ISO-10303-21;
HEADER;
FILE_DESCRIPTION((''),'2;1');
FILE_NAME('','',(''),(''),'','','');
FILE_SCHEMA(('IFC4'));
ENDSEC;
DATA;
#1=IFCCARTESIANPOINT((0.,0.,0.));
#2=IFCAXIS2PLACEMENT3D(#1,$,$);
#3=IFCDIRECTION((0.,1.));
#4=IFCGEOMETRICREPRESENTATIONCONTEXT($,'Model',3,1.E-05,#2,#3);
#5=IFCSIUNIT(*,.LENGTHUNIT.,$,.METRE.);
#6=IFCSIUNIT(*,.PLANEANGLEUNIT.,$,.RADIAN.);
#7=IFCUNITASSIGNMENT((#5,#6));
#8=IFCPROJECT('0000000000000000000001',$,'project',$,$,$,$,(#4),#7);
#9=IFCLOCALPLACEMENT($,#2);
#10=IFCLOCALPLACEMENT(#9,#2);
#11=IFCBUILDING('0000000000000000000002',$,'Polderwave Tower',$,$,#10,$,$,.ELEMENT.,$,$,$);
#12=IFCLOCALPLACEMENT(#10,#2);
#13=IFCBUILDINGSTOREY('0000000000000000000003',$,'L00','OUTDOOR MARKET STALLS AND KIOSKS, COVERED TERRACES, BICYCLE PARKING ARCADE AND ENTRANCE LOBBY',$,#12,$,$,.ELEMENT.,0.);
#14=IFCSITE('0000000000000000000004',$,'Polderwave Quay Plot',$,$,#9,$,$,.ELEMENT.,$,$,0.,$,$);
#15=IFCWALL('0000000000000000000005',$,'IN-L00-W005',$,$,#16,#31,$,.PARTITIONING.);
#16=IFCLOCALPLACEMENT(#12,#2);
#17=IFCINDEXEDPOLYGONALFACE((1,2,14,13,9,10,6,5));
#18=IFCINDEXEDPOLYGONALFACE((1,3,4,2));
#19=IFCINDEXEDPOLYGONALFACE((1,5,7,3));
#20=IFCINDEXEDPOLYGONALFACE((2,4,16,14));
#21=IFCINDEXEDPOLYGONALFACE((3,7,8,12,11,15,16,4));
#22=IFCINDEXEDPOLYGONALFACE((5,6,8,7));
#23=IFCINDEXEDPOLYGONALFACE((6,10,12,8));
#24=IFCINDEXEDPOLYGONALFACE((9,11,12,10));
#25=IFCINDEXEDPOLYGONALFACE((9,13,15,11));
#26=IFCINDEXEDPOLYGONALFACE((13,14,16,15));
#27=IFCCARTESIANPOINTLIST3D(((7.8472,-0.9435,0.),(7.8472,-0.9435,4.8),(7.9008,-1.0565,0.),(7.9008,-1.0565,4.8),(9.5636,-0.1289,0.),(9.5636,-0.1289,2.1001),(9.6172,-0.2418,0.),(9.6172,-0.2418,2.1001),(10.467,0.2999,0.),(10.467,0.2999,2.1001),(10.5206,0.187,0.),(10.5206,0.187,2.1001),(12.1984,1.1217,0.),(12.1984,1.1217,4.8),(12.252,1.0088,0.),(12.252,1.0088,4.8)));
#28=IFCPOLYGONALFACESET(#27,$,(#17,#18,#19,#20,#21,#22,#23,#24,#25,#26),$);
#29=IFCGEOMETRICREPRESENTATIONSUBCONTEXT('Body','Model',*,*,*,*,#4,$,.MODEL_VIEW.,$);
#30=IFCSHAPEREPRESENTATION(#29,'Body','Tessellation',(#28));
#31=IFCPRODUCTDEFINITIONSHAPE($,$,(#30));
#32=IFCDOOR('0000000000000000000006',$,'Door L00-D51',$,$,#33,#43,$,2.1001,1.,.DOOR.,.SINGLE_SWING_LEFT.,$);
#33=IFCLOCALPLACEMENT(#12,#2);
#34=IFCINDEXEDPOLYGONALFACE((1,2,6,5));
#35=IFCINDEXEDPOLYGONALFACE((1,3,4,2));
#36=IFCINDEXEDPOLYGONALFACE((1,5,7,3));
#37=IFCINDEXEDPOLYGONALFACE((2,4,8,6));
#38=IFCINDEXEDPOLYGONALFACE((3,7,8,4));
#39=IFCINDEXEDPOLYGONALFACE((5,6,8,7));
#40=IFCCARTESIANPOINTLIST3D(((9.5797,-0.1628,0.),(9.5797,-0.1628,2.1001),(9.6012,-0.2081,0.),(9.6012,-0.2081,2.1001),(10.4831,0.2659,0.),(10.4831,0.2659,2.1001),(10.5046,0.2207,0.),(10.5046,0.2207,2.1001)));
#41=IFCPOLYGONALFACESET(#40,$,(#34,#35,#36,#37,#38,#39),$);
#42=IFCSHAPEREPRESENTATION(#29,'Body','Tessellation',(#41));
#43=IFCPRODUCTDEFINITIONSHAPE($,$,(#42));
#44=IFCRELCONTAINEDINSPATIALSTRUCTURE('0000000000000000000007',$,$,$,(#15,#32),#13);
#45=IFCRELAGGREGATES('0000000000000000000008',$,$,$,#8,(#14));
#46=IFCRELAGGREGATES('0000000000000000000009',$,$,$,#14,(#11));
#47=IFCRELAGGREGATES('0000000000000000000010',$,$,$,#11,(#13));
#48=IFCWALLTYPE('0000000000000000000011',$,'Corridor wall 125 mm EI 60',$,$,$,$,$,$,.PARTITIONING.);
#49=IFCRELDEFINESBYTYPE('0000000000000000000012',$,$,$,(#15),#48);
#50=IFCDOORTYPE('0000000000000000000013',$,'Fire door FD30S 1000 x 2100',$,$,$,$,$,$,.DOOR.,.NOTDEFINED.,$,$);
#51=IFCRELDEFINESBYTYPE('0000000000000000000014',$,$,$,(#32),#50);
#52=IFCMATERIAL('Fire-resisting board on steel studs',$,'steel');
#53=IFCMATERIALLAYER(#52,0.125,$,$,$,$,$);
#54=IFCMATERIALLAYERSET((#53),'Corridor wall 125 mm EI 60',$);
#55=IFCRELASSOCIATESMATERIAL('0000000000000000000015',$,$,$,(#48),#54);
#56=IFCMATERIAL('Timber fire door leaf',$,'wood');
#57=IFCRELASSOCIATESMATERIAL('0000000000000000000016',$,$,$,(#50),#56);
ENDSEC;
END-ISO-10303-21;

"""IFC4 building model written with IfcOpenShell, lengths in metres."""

from ifc_helpers import new_model, si_unit, direction, frame, frame_2d, origin, place, context, subcontext, project, spatial, rectangle, extrude, material, layer, layer_set, type_object, element, fill, save


model = new_model("IFC4")

# Units and contexts
model_context = context("Model", 3, precision=1e-05, world=origin(), true_north=direction((0.0, 1.0)))
body_context = subcontext(model_context, "Body", "Model", "MODEL_VIEW")
ifc_project = project(units=[si_unit("LENGTHUNIT", "METRE"), si_unit("PLANEANGLEUNIT", "RADIAN")], contexts=[model_context])

# Site, building, storey
site_placement = place(None, origin())
site = spatial("IfcSite", under=ifc_project, at=site_placement, Name="Polderwave Quay Plot", CompositionType="ELEMENT", RefElevation=0.0)
building_placement = place(site_placement, origin())
building = spatial("IfcBuilding", under=site, at=building_placement, Name="Polderwave Tower", CompositionType="ELEMENT")
storey_placement = place(building_placement, origin())
storey = spatial("IfcBuildingStorey", under=building, at=storey_placement, Name="L00", Description="OUTDOOR MARKET STALLS AND KIOSKS, COVERED TERRACES, BICYCLE PARKING ARCADE AND ENTRANCE LOBBY", CompositionType="ELEMENT", Elevation=0.0)

# Wall, opening, door
ifc_material_1 = material(Name="Fire-resisting board on steel studs", Category="steel")
ifc_layer_1 = layer(ifc_material_1, 0.125)
ifc_layer_set_1 = layer_set([ifc_layer_1], Name="Corridor wall 125 mm EI 60")
wall_type_1 = type_object("IfcWallType", Name="Corridor wall 125 mm EI 60", PredefinedType="PARTITIONING", material=ifc_layer_set_1)
wall_1_placement = place(storey_placement, frame((7.874, -1.0, 0.0), z_axis=(0.0, 0.0, 1.0), x_axis=(0.903404, 0.42879, 0.0)))
wall_1 = element("IfcWall", 1, at=wall_1_placement, inside=storey, type_object=wall_type_1, Name="IN-L00-W005", PredefinedType="PARTITIONING", context=body_context, shape_type="SweptSolid", body=[
    extrude(rectangle(XDim=4.8164, YDim=0.125, at=frame_2d((2.4082, 0.0))), origin(), (0.0, 0.0, 1.0), 4.8),
])
opening_1_placement = place(wall_1_placement, frame((1.8999, 0.0, 0.0)))
opening_1 = element("IfcOpeningElement", 2, at=opening_1_placement, cuts=wall_1, PredefinedType="OPENING", context=body_context, shape_type="SweptSolid", body=[
    extrude(rectangle(XDim=1.0, YDim=2.1001, at=frame_2d((0.5, 1.05))), frame((0.0, 0.0725, 0.0), z_axis=(0.0, -1.0, 0.0), x_axis=(1.0, 0.0, 0.0)), (0.0, 0.0, 1.0), 0.145),
])
ifc_material_2 = material(Name="Timber fire door leaf", Category="wood")
door_type_1 = type_object("IfcDoorType", Name="Fire door FD30S 1000 x 2100", OperationType="NOTDEFINED", PredefinedType="DOOR", material=ifc_material_2)
door_1_placement = place(opening_1_placement, origin())
door_1 = element("IfcDoor", 3, at=door_1_placement, inside=storey, type_object=door_type_1, Name="Door L00-D51", OperationType="SINGLE_SWING_LEFT", OverallHeight=2.1001, OverallWidth=1.0, PredefinedType="DOOR", context=body_context, shape_type="SweptSolid", body=[
    extrude(rectangle(XDim=1.0, YDim=2.1001, at=frame_2d((0.5, 1.05))), frame((0.0, 0.0249, 0.0), z_axis=(0.0, -1.0, 0.0), x_axis=(1.0, 0.0, 0.0)), (0.0, 0.0, 1.0), 0.05),
])
fill(opening_1, door_1)

save(model, "model.ifc")
